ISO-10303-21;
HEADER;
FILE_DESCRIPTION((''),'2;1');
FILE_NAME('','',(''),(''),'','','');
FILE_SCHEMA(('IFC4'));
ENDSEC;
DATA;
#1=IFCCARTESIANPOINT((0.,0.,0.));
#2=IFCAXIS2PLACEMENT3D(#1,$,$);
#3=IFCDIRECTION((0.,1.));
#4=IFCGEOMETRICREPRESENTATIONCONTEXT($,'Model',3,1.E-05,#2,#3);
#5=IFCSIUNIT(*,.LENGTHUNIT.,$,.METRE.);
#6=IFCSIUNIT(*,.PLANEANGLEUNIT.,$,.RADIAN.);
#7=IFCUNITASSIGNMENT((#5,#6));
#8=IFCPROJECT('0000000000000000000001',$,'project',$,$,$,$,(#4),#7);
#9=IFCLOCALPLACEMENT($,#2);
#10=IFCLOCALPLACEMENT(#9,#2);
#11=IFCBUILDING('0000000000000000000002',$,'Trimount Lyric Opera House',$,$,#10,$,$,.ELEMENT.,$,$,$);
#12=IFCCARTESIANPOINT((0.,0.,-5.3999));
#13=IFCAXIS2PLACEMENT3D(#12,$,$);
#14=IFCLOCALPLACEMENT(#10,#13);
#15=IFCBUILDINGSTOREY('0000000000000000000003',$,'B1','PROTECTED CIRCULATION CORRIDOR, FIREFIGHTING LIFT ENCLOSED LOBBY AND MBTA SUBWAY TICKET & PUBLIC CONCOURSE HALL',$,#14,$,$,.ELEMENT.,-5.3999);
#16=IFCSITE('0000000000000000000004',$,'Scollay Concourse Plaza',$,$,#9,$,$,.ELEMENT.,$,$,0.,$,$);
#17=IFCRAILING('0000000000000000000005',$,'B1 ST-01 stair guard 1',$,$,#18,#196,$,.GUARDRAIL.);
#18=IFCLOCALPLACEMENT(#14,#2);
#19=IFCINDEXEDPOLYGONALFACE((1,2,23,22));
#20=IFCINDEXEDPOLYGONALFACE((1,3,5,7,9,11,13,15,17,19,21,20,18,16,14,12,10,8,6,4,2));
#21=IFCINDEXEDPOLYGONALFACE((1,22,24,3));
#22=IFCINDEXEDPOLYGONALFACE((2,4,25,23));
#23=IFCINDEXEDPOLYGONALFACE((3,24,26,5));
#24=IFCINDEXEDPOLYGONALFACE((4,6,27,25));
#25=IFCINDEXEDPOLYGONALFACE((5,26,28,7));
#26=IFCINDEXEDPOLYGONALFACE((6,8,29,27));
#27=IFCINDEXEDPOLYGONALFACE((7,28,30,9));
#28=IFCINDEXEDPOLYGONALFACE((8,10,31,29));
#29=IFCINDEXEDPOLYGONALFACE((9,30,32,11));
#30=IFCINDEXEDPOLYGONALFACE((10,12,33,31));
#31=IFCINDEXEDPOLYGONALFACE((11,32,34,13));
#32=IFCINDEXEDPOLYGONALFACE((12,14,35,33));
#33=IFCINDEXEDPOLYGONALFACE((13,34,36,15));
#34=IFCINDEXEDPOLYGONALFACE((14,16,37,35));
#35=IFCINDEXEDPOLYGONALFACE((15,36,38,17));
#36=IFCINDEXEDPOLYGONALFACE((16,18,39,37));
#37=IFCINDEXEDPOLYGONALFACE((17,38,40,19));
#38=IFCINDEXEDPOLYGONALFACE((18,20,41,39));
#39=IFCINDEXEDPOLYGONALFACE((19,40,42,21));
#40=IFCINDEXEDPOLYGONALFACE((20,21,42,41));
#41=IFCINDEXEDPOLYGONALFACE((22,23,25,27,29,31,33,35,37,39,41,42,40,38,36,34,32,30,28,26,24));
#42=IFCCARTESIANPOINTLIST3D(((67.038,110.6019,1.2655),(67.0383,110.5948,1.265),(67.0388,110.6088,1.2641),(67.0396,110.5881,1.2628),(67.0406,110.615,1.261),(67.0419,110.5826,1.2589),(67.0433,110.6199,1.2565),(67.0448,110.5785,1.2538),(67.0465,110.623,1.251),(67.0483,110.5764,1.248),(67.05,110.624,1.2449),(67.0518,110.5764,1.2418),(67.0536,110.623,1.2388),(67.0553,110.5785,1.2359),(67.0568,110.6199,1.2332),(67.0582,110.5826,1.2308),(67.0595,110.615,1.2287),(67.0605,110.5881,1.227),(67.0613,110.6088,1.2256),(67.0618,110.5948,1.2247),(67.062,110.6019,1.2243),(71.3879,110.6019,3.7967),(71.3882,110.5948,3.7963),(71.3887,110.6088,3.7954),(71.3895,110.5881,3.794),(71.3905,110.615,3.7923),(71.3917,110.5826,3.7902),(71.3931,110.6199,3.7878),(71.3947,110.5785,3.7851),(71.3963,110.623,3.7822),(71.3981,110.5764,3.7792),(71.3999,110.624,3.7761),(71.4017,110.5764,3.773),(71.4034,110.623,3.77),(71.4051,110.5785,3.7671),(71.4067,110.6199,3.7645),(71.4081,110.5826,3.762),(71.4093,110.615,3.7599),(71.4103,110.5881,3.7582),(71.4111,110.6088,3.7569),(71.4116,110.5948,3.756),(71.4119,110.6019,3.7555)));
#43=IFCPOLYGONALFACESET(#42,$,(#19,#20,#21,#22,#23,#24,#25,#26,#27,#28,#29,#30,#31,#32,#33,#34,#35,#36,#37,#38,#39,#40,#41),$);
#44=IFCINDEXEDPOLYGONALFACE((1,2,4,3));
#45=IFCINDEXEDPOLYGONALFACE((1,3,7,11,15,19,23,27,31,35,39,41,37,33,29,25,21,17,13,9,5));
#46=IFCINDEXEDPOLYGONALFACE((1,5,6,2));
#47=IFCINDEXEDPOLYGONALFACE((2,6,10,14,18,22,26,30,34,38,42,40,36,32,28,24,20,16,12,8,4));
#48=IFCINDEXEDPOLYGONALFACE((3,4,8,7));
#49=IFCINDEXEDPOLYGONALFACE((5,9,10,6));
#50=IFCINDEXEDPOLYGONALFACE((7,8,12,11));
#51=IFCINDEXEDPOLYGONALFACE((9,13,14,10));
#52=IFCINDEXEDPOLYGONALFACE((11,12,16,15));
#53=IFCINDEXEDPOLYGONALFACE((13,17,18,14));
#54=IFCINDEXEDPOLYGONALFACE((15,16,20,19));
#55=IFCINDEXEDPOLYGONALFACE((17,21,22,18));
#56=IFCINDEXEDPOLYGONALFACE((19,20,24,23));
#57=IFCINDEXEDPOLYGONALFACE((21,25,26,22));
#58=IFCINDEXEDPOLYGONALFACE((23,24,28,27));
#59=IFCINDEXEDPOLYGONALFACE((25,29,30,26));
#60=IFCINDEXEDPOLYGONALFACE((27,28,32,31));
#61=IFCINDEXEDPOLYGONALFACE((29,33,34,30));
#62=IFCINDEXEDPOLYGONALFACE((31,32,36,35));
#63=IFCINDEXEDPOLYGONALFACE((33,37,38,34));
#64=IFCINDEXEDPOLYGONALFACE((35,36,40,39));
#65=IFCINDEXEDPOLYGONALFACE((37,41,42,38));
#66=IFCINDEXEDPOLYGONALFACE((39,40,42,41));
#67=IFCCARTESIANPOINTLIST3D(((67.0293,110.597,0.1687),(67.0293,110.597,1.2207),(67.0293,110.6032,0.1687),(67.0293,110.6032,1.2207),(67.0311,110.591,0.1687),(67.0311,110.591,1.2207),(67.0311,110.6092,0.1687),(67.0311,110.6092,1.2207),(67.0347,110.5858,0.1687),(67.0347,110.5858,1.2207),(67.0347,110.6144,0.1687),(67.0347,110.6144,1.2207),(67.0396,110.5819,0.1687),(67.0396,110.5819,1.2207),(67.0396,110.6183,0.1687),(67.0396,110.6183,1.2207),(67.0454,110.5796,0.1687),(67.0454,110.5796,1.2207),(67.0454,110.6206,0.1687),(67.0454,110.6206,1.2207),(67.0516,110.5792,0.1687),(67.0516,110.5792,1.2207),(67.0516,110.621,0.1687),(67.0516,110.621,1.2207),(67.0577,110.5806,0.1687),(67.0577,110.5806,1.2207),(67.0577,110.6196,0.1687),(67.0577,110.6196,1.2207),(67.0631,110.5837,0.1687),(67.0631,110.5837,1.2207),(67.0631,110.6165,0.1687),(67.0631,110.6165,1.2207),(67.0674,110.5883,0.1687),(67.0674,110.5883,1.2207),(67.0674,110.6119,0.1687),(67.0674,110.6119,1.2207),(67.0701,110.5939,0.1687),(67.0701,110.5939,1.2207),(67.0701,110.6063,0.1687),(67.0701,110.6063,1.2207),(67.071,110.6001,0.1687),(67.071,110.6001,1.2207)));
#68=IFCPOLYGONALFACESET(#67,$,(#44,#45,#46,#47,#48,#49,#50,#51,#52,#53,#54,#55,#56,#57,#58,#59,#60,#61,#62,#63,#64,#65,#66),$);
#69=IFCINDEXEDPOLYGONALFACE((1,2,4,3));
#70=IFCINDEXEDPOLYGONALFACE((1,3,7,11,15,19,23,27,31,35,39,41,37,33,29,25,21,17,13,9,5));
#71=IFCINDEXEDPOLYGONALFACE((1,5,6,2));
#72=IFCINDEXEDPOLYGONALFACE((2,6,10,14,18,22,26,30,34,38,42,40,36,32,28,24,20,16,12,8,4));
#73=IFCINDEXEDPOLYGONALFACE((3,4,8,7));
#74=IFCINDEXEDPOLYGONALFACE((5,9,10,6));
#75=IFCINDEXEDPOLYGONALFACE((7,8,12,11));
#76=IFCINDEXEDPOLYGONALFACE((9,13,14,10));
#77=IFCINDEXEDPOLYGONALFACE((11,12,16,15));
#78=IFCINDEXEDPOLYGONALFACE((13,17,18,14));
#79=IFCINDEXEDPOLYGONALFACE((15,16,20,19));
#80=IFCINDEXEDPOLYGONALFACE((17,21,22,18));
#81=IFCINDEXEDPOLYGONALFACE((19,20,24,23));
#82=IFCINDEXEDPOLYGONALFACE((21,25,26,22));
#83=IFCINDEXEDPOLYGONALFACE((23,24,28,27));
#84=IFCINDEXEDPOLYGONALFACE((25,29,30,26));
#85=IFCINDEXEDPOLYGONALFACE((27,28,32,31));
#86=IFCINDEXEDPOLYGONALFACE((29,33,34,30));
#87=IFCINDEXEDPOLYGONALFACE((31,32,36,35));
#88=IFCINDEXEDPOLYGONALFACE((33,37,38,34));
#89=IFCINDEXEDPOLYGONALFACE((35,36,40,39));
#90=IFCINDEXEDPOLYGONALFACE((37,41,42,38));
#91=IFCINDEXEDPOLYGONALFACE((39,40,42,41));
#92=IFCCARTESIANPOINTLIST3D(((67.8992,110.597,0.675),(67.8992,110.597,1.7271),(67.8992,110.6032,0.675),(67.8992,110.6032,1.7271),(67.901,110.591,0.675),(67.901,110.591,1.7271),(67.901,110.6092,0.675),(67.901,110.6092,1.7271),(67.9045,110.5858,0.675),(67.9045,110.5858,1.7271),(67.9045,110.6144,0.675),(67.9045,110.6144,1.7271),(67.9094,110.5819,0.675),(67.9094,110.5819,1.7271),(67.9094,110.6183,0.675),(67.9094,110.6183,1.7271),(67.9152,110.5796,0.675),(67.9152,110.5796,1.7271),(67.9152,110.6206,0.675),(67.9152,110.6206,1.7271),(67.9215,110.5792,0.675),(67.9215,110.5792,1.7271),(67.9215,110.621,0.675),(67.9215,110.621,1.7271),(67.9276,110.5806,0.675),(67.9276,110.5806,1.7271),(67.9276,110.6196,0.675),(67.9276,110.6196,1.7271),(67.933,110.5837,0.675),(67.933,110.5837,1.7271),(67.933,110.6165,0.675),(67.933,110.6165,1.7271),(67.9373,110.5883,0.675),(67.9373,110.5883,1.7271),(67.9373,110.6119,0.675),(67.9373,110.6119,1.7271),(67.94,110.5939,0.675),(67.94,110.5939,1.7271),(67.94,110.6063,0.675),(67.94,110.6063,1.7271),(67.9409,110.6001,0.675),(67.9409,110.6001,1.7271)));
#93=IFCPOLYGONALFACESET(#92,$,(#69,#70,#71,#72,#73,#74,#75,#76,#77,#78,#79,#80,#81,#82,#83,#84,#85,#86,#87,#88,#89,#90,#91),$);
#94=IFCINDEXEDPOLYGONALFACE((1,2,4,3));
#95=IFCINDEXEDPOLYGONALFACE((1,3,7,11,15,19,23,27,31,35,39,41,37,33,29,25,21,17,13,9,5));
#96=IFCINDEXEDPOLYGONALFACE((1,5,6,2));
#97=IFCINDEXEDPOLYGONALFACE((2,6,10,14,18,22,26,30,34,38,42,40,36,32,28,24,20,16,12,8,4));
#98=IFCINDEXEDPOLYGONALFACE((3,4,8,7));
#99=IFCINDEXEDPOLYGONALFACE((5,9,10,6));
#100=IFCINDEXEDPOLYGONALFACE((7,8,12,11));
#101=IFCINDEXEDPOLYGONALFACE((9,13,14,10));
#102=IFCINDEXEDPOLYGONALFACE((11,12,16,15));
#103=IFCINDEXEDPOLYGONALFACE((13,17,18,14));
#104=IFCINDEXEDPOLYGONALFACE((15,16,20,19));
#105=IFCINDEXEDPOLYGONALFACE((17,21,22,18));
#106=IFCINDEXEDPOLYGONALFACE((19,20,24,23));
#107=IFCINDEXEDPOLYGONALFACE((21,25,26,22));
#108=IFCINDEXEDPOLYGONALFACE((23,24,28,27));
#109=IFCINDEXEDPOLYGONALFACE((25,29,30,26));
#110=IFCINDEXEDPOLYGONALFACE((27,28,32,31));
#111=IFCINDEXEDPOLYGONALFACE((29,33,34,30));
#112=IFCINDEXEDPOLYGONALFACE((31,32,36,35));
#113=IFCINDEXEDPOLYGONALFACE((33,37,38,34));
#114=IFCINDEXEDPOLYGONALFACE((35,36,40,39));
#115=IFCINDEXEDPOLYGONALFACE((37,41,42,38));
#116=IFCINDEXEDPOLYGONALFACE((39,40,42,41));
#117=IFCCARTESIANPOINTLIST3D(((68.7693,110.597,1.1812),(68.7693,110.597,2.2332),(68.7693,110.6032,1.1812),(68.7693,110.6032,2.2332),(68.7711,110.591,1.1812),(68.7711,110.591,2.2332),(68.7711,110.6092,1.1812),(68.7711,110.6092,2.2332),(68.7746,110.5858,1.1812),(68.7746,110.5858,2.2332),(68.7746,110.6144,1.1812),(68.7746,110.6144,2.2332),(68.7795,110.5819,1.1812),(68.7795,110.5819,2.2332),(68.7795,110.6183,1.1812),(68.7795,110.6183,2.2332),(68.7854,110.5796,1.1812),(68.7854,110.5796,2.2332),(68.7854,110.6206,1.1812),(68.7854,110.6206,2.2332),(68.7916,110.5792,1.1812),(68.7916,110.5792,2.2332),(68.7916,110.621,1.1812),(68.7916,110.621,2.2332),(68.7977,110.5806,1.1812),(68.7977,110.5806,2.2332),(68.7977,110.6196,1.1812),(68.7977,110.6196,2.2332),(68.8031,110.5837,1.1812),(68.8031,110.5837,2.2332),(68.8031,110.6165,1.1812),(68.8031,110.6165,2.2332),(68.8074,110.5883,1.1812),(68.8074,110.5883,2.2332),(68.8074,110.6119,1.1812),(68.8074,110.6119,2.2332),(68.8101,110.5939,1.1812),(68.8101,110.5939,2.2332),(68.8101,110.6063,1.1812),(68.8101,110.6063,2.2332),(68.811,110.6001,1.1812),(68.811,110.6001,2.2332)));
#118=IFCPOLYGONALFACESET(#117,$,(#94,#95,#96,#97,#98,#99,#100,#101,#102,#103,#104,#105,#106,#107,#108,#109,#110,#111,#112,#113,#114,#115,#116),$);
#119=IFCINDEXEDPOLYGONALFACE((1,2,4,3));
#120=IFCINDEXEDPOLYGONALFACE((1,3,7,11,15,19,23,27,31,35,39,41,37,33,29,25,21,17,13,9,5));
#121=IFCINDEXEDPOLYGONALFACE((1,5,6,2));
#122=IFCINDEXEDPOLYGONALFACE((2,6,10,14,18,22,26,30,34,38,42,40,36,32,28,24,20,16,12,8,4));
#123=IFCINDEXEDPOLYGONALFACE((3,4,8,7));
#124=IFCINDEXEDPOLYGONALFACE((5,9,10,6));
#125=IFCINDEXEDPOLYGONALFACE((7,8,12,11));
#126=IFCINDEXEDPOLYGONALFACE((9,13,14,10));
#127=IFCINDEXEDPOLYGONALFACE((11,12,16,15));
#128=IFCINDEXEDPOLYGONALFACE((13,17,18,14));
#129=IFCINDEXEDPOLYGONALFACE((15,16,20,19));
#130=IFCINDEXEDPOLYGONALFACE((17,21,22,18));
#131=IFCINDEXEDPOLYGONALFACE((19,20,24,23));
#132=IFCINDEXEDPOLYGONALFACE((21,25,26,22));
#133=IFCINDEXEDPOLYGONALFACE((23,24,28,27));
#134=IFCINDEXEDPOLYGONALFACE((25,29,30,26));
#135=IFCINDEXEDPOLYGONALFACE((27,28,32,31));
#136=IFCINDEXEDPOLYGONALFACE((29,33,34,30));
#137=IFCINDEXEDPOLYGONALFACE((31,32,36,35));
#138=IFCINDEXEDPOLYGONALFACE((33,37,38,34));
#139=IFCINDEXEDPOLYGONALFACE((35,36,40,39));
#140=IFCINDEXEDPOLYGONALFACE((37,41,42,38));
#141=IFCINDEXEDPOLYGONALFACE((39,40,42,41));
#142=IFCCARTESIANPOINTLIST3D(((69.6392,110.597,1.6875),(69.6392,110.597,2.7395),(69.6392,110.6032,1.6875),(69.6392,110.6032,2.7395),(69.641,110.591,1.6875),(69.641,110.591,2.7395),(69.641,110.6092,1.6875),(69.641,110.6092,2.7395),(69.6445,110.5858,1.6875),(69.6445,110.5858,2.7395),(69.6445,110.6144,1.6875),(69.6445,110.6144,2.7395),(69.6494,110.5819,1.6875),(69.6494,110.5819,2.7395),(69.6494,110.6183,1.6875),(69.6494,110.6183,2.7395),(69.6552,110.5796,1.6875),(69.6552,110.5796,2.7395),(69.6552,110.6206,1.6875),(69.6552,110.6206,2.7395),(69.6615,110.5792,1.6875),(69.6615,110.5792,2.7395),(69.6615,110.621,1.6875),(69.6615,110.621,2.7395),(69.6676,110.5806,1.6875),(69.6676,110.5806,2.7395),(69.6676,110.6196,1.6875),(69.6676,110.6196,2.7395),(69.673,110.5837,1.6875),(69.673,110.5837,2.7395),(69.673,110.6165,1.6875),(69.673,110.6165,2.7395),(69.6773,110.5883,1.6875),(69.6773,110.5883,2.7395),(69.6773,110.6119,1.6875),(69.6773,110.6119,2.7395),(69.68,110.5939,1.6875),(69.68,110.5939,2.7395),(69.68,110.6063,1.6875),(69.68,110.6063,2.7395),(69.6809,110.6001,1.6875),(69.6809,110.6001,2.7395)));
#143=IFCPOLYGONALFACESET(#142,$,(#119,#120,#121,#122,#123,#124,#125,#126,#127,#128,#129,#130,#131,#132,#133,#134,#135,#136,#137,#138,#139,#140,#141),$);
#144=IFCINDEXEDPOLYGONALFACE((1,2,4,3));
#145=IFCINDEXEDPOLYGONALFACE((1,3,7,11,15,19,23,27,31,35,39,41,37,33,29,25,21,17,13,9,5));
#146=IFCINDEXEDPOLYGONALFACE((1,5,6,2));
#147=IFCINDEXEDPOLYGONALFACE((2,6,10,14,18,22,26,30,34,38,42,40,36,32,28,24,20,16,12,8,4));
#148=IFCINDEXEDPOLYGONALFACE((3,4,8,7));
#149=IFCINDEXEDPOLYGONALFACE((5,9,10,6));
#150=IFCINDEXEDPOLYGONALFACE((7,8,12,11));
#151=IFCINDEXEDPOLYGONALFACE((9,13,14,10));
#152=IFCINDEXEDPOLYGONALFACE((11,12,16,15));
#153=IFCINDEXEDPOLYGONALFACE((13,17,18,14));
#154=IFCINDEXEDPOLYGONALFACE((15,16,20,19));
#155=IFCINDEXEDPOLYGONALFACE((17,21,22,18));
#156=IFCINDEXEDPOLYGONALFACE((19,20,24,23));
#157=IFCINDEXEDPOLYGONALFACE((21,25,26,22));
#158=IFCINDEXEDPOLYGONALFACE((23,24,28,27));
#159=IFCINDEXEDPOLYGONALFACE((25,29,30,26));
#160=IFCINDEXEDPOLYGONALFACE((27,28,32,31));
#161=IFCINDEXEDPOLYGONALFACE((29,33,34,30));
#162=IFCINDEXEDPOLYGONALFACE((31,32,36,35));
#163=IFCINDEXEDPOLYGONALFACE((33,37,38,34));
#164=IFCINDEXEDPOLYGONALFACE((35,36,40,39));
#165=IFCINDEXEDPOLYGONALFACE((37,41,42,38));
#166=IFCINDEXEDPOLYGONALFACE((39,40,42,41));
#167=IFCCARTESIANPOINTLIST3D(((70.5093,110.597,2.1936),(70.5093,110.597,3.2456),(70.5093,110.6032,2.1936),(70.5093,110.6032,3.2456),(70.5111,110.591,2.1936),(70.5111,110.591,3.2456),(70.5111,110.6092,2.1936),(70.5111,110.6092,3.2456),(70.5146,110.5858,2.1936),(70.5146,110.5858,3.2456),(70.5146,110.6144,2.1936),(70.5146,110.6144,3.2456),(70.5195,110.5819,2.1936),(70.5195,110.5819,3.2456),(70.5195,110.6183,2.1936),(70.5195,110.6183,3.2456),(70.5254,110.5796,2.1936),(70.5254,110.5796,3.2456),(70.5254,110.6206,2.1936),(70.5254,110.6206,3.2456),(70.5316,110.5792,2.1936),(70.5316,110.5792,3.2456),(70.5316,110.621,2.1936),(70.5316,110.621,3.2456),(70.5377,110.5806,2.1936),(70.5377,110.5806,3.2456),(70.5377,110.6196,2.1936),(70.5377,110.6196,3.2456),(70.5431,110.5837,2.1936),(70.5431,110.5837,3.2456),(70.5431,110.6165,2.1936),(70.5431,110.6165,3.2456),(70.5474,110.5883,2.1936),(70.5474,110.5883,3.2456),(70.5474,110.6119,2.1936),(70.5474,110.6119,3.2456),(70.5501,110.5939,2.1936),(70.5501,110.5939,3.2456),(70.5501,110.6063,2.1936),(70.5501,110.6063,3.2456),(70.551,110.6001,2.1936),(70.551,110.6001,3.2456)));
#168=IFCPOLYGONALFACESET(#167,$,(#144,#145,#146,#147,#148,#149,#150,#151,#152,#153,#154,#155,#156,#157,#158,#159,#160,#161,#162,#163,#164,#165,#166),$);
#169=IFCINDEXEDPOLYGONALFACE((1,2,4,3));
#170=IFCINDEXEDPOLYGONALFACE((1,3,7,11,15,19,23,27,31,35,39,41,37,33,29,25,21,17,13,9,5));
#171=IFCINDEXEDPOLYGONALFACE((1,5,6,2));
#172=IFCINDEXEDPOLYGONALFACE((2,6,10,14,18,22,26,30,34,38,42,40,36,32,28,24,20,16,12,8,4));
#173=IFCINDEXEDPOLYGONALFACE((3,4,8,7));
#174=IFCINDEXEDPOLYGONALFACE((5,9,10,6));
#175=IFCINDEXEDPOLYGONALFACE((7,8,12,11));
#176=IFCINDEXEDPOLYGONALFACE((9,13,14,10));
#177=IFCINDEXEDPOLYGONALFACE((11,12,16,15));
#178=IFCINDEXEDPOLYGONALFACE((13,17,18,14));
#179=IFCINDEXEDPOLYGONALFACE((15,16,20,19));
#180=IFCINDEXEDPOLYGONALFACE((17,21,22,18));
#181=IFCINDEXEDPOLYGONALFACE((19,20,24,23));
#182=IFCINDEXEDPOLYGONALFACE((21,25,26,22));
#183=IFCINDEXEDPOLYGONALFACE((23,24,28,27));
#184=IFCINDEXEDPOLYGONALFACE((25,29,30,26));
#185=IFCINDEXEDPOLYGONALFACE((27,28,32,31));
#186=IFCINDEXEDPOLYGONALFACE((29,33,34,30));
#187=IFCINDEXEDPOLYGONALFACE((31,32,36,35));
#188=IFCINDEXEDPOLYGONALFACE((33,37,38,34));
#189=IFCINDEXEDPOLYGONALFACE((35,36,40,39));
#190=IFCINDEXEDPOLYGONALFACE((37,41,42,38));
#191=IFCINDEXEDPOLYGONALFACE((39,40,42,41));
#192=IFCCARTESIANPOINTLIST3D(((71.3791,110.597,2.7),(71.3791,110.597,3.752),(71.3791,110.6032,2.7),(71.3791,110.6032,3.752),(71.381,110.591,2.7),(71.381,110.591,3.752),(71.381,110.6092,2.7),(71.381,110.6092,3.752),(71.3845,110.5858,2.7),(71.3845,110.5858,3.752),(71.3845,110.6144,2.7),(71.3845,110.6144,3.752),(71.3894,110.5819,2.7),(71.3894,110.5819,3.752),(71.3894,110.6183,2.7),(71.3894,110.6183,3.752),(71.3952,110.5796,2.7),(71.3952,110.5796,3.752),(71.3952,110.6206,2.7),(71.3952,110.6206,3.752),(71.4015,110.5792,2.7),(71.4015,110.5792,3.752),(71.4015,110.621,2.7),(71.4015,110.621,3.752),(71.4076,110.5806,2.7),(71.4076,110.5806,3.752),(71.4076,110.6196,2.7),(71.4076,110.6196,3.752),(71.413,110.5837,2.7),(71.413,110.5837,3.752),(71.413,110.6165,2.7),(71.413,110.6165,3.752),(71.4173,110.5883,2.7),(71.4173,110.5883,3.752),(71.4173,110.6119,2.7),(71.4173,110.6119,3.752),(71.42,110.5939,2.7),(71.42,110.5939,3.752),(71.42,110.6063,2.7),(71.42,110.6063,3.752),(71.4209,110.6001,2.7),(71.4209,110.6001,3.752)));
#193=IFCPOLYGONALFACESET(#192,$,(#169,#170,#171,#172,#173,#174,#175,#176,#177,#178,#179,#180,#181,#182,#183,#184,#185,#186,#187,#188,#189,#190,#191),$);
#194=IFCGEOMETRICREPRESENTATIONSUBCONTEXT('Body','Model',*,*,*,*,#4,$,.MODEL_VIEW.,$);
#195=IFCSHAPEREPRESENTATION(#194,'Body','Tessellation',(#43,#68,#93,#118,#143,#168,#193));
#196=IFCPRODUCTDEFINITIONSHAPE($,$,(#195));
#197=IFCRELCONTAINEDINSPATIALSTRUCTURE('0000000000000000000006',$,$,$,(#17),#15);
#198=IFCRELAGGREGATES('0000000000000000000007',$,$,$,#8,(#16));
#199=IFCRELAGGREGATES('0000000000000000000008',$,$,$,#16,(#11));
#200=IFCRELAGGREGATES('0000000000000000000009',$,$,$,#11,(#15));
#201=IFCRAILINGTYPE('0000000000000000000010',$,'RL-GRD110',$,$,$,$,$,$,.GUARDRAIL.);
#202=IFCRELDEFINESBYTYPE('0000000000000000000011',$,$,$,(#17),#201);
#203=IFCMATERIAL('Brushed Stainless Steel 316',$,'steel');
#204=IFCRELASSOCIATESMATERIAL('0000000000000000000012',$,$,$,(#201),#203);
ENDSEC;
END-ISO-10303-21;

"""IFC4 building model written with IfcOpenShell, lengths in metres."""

from ifc_helpers import new_model, si_unit, direction, frame, origin, origin_2d, place, context, subcontext, project, spatial, circle, extrude, material, type_object, element, save


model = new_model("IFC4")

# Units and contexts
model_context = context("Model", 3, precision=1e-05, world=origin(), true_north=direction((0.0, 1.0)))
body_context = subcontext(model_context, "Body", "Model", "MODEL_VIEW")
ifc_project = project(units=[si_unit("LENGTHUNIT", "METRE"), si_unit("PLANEANGLEUNIT", "RADIAN")], contexts=[model_context])

# Site, building, storey
site_placement = place(None, origin())
site = spatial("IfcSite", under=ifc_project, at=site_placement, Name="Scollay Concourse Plaza", CompositionType="ELEMENT", RefElevation=0.0)
building_placement = place(site_placement, origin())
building = spatial("IfcBuilding", under=site, at=building_placement, Name="Trimount Lyric Opera House", CompositionType="ELEMENT")
storey_placement = place(building_placement, frame((0.0, 0.0, -5.3999)))
storey = spatial("IfcBuildingStorey", under=building, at=storey_placement, Name="B1", Description="PROTECTED CIRCULATION CORRIDOR, FIREFIGHTING LIFT ENCLOSED LOBBY AND MBTA SUBWAY TICKET & PUBLIC CONCOURSE HALL", CompositionType="ELEMENT", Elevation=-5.3999)

# Railing
ifc_material_1 = material(Name="Brushed Stainless Steel 316", Category="steel")
railing_type_1 = type_object("IfcRailingType", Name="RL-GRD110", PredefinedType="GUARDRAIL", material=ifc_material_1)
railing_1_placement = place(storey_placement, frame((67.05, 110.6001, 0.1687)))
element("IfcRailing", 1, at=railing_1_placement, inside=storey, type_object=railing_type_1, Name="B1 ST-01 stair guard 1", PredefinedType="GUARDRAIL", context=body_context, shape_type="SweptSolid", body=[
    extrude(circle(Radius=0.0239, at=origin_2d()), frame((0.0, 0.0, 1.0762), z_axis=(0.864312, 0.0, 0.502957), x_axis=(0.0, 1.0, 0.0)), (0.0, 0.0, 1.0), 5.0327),
    extrude(circle(Radius=0.021, at=origin_2d()), origin(), (0.0, 0.0, 1.0), 1.052),
    extrude(circle(Radius=0.021, at=origin_2d()), frame((0.8699, 0.0, 0.5063)), (0.0, 0.0, 1.0), 1.052),
    extrude(circle(Radius=0.021, at=origin_2d()), frame((1.74, 0.0, 1.0125)), (0.0, 0.0, 1.0), 1.052),
    extrude(circle(Radius=0.021, at=origin_2d()), frame((2.6099, 0.0, 1.5188)), (0.0, 0.0, 1.0), 1.052),
    extrude(circle(Radius=0.021, at=origin_2d()), frame((3.48, 0.0, 2.0249)), (0.0, 0.0, 1.0), 1.052),
    extrude(circle(Radius=0.021, at=origin_2d()), frame((4.3499, 0.0, 2.5312)), (0.0, 0.0, 1.0), 1.052),
])

save(model, "model.ifc")
